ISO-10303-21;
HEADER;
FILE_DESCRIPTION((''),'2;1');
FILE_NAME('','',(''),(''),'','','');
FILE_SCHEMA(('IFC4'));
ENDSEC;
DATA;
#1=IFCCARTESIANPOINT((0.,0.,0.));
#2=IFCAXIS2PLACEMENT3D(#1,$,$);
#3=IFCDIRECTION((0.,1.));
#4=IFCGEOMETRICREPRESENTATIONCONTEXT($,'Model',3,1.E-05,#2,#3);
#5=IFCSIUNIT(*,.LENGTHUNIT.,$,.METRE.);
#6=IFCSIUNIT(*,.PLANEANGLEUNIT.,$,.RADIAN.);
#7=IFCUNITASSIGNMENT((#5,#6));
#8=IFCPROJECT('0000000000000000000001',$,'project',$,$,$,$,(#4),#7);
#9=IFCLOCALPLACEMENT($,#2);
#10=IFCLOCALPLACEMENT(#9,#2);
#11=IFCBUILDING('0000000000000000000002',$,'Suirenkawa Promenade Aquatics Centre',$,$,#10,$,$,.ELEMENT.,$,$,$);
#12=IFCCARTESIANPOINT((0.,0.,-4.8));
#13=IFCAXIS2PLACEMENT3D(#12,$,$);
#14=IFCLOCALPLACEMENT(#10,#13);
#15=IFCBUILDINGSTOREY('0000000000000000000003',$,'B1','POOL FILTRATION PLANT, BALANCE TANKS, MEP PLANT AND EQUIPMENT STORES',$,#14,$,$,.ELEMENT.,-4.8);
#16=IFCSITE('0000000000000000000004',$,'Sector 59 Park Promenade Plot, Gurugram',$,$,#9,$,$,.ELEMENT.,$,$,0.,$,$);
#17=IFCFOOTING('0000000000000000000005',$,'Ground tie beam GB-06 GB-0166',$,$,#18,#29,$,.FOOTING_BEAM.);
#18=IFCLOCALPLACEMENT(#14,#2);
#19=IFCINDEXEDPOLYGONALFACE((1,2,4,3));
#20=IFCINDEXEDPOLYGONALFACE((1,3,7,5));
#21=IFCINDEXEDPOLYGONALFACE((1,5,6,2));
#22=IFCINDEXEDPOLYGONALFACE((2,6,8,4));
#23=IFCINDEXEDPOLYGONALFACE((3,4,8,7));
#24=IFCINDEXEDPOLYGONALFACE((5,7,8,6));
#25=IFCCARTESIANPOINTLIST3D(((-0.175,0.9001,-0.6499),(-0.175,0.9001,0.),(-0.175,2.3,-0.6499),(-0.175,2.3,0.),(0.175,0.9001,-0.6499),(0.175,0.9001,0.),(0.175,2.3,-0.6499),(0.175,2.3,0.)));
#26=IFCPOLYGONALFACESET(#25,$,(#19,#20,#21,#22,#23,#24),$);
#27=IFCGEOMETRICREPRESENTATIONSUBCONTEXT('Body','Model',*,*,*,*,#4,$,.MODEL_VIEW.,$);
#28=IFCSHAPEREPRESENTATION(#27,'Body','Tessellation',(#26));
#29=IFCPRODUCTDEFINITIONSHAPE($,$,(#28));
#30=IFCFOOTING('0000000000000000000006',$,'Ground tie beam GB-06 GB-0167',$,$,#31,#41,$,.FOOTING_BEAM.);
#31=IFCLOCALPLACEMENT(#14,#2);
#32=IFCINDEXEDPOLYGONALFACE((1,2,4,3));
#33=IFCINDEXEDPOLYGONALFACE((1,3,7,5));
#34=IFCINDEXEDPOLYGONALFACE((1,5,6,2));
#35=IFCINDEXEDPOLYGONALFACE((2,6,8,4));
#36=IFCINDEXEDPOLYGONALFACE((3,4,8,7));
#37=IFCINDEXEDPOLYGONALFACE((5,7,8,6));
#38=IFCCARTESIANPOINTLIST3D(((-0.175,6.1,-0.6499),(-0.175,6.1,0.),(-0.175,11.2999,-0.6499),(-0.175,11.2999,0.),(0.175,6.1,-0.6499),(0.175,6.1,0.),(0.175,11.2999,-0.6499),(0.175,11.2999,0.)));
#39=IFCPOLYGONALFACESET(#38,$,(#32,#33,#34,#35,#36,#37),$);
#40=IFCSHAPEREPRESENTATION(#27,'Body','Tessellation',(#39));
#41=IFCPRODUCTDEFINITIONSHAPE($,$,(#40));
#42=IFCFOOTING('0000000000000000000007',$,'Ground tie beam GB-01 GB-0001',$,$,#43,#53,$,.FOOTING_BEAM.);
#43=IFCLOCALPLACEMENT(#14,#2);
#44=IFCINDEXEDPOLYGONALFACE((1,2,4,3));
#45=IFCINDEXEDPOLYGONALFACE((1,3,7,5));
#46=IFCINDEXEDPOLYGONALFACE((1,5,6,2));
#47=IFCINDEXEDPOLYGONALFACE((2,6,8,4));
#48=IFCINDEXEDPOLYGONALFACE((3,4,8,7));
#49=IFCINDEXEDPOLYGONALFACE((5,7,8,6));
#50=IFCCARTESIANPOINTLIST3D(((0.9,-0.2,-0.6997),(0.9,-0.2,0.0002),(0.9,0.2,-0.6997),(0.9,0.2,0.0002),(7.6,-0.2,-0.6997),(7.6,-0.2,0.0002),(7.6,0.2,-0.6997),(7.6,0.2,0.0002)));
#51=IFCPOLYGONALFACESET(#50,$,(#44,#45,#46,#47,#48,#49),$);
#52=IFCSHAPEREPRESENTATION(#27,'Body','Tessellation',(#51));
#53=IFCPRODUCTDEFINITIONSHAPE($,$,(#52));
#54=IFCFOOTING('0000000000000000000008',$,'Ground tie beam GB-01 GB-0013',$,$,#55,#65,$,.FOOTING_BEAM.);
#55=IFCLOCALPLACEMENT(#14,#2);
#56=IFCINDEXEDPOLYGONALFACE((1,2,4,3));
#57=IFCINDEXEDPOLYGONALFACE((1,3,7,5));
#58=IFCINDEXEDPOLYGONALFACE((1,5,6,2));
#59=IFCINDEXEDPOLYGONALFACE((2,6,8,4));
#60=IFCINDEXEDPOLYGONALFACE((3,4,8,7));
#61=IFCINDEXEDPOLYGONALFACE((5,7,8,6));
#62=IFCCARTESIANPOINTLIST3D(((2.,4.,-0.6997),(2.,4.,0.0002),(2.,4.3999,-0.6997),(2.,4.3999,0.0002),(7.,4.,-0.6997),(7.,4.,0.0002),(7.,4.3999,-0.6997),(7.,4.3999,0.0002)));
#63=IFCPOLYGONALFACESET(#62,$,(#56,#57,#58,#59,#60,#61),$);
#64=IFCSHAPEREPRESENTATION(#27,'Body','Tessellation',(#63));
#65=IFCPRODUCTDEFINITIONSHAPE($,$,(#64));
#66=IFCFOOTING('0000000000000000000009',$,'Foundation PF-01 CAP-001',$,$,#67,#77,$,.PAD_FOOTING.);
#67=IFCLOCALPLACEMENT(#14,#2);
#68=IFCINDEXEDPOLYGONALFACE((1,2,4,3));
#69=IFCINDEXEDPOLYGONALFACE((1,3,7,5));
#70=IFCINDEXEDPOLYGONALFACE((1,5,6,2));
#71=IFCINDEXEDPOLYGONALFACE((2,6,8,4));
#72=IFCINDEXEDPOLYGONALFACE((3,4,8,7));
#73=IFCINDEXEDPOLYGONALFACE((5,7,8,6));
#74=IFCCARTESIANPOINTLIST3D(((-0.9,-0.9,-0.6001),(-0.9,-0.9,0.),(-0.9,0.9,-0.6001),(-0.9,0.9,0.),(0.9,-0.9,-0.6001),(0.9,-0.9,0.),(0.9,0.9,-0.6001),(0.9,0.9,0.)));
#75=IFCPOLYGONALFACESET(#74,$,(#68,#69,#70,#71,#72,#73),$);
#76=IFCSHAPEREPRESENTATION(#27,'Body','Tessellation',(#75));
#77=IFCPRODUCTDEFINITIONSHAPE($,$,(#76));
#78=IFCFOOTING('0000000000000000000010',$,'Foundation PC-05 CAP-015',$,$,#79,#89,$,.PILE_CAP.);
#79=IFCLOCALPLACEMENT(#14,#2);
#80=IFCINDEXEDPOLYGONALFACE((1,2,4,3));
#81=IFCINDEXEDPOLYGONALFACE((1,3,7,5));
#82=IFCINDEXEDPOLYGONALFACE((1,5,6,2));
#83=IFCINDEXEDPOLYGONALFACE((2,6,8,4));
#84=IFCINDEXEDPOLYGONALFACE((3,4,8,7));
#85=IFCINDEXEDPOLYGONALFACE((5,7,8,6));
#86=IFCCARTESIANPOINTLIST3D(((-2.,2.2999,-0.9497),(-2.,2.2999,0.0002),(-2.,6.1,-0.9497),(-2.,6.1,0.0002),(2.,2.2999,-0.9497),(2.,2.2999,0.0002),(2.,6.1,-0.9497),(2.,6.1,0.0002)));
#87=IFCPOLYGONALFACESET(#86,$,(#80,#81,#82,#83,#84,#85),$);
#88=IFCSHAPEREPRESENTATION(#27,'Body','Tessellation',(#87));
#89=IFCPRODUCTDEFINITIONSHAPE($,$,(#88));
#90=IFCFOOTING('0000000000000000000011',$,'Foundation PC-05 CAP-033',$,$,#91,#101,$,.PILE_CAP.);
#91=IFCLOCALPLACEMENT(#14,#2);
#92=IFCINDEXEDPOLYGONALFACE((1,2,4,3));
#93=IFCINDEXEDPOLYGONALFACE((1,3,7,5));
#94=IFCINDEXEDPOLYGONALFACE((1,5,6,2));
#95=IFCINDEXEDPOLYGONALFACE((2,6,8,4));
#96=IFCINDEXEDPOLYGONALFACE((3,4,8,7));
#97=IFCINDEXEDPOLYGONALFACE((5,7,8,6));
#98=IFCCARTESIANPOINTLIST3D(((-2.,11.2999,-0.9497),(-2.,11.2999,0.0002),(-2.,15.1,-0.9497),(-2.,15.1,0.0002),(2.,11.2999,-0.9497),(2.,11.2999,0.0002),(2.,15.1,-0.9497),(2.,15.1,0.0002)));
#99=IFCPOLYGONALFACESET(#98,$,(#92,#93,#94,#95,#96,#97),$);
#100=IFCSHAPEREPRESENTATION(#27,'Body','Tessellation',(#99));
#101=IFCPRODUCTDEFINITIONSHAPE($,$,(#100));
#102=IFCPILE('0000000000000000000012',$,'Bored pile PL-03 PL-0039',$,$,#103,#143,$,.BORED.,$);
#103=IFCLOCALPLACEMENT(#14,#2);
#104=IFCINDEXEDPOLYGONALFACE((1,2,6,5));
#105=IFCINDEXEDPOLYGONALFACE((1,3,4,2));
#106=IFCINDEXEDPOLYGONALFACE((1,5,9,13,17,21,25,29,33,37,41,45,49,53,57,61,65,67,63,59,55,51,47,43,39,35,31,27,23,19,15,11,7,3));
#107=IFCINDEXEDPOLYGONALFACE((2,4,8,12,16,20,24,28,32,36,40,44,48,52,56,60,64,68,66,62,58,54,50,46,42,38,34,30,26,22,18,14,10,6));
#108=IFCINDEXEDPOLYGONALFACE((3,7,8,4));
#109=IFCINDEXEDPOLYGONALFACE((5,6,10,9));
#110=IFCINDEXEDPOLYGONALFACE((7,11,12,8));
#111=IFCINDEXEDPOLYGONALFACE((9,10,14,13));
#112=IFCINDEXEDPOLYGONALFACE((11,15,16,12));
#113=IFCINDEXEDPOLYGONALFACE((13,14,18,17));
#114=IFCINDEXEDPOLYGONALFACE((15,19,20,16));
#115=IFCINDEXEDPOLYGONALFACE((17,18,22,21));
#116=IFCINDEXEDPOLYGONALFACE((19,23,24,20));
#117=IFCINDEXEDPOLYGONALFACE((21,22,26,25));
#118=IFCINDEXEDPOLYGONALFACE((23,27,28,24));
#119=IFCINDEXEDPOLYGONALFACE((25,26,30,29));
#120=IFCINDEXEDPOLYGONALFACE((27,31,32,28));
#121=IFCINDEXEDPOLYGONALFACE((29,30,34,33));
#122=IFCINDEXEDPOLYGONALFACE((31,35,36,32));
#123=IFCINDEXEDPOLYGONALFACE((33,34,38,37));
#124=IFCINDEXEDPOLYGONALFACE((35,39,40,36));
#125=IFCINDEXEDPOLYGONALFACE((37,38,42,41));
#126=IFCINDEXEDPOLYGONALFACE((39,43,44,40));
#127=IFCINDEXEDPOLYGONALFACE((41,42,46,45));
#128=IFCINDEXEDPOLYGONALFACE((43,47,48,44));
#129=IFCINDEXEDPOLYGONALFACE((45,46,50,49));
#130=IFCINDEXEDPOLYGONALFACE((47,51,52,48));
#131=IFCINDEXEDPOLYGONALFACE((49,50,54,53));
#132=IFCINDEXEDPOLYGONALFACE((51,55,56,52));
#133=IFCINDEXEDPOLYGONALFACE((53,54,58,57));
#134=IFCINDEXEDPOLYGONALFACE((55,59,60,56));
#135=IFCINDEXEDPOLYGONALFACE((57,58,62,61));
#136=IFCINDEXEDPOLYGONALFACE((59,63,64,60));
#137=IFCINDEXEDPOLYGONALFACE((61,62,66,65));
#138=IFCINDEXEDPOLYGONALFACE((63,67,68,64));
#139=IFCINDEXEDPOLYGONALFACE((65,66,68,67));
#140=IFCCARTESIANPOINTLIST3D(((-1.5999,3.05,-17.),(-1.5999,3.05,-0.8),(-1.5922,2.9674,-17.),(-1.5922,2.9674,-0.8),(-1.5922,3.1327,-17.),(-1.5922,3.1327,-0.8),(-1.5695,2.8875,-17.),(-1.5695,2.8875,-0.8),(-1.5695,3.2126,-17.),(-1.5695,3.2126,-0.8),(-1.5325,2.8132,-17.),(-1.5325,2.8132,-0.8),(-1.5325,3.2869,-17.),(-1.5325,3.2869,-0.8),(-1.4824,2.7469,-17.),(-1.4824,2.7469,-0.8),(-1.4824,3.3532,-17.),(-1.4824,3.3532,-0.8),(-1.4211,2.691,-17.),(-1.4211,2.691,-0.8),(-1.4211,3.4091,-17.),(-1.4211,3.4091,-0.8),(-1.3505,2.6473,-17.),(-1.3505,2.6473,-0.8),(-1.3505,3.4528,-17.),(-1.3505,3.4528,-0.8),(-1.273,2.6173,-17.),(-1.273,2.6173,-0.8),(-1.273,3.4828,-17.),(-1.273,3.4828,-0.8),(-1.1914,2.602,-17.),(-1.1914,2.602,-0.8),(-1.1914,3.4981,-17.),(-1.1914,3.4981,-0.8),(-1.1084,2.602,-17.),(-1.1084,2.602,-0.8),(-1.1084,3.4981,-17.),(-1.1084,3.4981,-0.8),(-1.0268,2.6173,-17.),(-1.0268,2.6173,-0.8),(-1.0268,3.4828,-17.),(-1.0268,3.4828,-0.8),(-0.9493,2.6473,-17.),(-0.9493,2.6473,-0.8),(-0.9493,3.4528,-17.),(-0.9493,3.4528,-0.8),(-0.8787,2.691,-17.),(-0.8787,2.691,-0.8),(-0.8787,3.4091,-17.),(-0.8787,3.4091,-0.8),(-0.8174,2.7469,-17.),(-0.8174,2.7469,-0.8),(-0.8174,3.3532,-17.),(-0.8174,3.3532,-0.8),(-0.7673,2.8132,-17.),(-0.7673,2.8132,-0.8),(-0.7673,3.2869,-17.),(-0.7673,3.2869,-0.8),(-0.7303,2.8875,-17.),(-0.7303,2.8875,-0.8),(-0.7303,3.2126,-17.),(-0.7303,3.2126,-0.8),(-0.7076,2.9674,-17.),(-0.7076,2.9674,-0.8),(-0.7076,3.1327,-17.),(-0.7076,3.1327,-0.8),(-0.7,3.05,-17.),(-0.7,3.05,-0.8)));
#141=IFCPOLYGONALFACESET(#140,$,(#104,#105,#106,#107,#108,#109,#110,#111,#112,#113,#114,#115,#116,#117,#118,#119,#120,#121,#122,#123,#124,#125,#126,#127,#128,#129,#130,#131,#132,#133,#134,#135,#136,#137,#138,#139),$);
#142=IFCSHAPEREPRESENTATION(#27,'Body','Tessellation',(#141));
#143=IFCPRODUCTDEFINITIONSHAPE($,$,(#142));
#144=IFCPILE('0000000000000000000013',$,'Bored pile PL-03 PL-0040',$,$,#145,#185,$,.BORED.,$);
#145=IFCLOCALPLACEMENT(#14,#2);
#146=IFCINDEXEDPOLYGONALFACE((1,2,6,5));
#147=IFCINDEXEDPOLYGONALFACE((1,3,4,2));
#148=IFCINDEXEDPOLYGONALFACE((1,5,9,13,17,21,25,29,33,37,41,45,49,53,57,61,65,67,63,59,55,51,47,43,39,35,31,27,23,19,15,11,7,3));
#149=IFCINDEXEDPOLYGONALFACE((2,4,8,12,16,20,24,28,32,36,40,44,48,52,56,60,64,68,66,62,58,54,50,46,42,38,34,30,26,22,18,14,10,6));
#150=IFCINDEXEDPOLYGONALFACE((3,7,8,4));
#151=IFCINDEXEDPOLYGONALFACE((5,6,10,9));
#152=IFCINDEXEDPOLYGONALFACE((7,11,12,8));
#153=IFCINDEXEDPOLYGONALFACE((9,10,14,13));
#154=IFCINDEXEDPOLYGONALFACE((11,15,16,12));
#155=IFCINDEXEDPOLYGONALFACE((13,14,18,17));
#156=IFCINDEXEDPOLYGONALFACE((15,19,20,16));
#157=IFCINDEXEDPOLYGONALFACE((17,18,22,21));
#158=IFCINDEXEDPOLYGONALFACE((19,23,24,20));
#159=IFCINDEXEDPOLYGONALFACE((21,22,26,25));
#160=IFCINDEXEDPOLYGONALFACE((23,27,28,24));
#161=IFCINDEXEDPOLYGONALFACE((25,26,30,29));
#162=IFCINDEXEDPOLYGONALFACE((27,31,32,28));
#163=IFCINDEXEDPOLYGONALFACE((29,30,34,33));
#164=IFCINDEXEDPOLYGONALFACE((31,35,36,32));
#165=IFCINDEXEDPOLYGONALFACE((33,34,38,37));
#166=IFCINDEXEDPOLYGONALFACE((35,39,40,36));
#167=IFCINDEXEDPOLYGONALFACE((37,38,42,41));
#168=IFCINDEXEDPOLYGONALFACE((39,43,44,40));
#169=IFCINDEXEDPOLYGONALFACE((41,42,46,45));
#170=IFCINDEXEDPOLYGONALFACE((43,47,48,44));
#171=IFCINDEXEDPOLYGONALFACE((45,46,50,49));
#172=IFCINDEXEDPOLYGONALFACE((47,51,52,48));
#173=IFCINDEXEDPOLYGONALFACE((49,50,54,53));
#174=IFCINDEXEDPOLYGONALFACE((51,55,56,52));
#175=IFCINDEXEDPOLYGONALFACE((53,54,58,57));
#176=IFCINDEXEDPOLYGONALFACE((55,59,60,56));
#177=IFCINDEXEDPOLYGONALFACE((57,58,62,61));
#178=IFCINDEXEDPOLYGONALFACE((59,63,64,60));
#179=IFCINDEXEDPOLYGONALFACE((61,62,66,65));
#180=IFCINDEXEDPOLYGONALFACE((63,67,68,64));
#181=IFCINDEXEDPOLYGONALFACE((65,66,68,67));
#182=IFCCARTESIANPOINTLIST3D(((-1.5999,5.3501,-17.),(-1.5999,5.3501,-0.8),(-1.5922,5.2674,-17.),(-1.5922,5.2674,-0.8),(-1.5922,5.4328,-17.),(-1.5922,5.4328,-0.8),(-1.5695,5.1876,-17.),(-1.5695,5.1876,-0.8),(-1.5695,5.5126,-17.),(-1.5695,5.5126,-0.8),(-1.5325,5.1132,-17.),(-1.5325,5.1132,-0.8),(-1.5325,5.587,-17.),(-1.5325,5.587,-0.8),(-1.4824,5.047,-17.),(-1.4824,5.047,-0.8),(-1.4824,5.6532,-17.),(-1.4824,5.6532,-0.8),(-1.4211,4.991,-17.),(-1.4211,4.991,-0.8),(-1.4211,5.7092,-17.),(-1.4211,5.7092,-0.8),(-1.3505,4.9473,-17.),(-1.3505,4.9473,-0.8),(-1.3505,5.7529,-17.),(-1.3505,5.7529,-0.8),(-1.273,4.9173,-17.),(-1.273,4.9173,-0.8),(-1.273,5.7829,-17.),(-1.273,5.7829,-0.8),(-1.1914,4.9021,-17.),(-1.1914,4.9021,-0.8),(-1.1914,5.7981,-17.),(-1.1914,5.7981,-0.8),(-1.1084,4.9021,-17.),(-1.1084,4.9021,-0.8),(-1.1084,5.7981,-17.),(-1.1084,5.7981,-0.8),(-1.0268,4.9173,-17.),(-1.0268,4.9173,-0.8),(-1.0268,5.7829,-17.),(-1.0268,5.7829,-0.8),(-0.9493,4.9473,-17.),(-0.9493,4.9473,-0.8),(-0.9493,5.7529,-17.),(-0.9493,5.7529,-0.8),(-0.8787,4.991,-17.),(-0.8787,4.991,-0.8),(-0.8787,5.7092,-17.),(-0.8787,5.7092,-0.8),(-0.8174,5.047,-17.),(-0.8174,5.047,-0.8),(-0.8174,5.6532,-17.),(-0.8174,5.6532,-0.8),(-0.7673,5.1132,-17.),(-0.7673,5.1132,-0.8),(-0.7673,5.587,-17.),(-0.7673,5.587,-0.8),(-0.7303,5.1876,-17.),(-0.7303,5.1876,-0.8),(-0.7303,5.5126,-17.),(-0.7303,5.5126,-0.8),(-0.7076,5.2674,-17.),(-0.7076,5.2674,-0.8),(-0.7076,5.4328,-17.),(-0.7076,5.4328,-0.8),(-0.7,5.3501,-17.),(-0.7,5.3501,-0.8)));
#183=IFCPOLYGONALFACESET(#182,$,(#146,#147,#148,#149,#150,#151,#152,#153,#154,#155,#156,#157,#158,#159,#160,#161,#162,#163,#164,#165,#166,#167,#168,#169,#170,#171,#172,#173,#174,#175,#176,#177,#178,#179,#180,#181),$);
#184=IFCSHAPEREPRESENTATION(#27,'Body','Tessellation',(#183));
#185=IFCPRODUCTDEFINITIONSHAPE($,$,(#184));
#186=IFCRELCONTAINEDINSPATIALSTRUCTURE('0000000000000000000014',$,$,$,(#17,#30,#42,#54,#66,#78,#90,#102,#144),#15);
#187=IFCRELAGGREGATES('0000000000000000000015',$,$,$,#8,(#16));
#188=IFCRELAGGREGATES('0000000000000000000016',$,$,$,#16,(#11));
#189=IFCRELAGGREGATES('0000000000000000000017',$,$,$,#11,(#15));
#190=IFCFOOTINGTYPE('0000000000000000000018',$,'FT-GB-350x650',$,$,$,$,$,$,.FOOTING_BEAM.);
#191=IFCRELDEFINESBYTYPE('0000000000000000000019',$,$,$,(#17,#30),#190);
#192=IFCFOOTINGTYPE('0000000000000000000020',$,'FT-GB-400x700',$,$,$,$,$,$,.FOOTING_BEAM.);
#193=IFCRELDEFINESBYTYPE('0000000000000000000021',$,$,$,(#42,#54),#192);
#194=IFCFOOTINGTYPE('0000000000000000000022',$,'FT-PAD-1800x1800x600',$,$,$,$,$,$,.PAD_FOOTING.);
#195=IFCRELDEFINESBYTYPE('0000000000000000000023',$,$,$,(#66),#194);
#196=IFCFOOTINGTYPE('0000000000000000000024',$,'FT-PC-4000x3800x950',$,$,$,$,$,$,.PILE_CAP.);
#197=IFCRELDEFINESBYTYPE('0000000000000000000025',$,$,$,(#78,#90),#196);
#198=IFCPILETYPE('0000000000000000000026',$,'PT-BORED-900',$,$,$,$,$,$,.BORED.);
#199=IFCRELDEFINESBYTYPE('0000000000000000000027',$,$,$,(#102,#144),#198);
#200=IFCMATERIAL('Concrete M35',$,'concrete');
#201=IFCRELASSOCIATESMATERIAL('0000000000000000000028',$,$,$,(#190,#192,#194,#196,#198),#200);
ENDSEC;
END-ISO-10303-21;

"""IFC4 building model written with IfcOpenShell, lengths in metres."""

from ifc_helpers import new_model, si_unit, direction, frame, origin, origin_2d, place, context, subcontext, project, spatial, rectangle, circle, extrude, material, material_profile, profile_set, type_object, element, save


model = new_model("IFC4")

# Units and contexts
model_context = context("Model", 3, precision=1e-05, world=origin(), true_north=direction((0.0, 1.0)))
body_context = subcontext(model_context, "Body", "Model", "MODEL_VIEW")
ifc_project = project(units=[si_unit("LENGTHUNIT", "METRE"), si_unit("PLANEANGLEUNIT", "RADIAN")], contexts=[model_context])

# Site, building, storey
site_placement = place(None, origin())
site = spatial("IfcSite", under=ifc_project, at=site_placement, Name="Sector 59 Park Promenade Plot, Gurugram", CompositionType="ELEMENT", RefElevation=0.0)
building_placement = place(site_placement, origin())
building = spatial("IfcBuilding", under=site, at=building_placement, Name="Suirenkawa Promenade Aquatics Centre", CompositionType="ELEMENT")
storey_placement = place(building_placement, frame((0.0, 0.0, -4.8)))
storey = spatial("IfcBuildingStorey", under=building, at=storey_placement, Name="B1", Description="POOL FILTRATION PLANT, BALANCE TANKS, MEP PLANT AND EQUIPMENT STORES", CompositionType="ELEMENT", Elevation=-4.8)

# Footings
ifc_material_1 = material(Name="Concrete M35", Category="concrete")
footing_type_1 = type_object("IfcFootingType", Name="FT-GB-350x650", PredefinedType="FOOTING_BEAM", material=ifc_material_1)
footing_1_placement = place(storey_placement, frame((0.0, 1.6001, -0.6499), z_axis=(0.0, 0.0, 1.0), x_axis=(0.0, 1.0, 0.0)))
element("IfcFooting", 1, at=footing_1_placement, inside=storey, type_object=footing_type_1, Name="Ground tie beam GB-06 GB-0166", PredefinedType="FOOTING_BEAM", context=body_context, shape_type="SweptSolid", body=[
    extrude(rectangle(XDim=1.3999, YDim=0.3501, at=origin_2d()), origin(), (0.0, 0.0, 1.0), 0.6499),
])
footing_2_placement = place(storey_placement, frame((0.0, 8.7, -0.6499), z_axis=(0.0, 0.0, 1.0), x_axis=(0.0, 1.0, 0.0)))
element("IfcFooting", 2, at=footing_2_placement, inside=storey, type_object=footing_type_1, Name="Ground tie beam GB-06 GB-0167", PredefinedType="FOOTING_BEAM", context=body_context, shape_type="SweptSolid", body=[
    extrude(rectangle(XDim=5.2, YDim=0.3501, at=origin_2d()), origin(), (0.0, 0.0, 1.0), 0.6499),
])
footing_type_2 = type_object("IfcFootingType", Name="FT-GB-400x700", PredefinedType="FOOTING_BEAM", material=ifc_material_1)
footing_3_placement = place(storey_placement, frame((4.25, 0.0, -0.6997), z_axis=(0.0, 0.0, 1.0), x_axis=(1.0, 0.0, 0.0)))
element("IfcFooting", 3, at=footing_3_placement, inside=storey, type_object=footing_type_2, Name="Ground tie beam GB-01 GB-0001", PredefinedType="FOOTING_BEAM", context=body_context, shape_type="SweptSolid", body=[
    extrude(rectangle(XDim=6.7, YDim=0.3999, at=origin_2d()), origin(), (0.0, 0.0, 1.0), 0.7),
])
footing_4_placement = place(storey_placement, frame((4.5, 4.2, -0.6997), z_axis=(0.0, 0.0, 1.0), x_axis=(1.0, 0.0, 0.0)))
element("IfcFooting", 4, at=footing_4_placement, inside=storey, type_object=footing_type_2, Name="Ground tie beam GB-01 GB-0013", PredefinedType="FOOTING_BEAM", context=body_context, shape_type="SweptSolid", body=[
    extrude(rectangle(XDim=5.0, YDim=0.3999, at=origin_2d()), origin(), (0.0, 0.0, 1.0), 0.7),
])
footing_type_3 = type_object("IfcFootingType", Name="FT-PAD-1800x1800x600", PredefinedType="PAD_FOOTING", material=ifc_material_1)
footing_5_placement = place(storey_placement, frame((0.0, 0.0, -0.6001), z_axis=(0.0, 0.0, 1.0), x_axis=(1.0, 0.0, 0.0)))
element("IfcFooting", 5, at=footing_5_placement, inside=storey, type_object=footing_type_3, Name="Foundation PF-01 CAP-001", PredefinedType="PAD_FOOTING", context=body_context, shape_type="SweptSolid", body=[
    extrude(rectangle(XDim=1.8, YDim=1.8, at=origin_2d()), origin(), (0.0, 0.0, 1.0), 0.6001),
])
footing_type_4 = type_object("IfcFootingType", Name="FT-PC-4000x3800x950", PredefinedType="PILE_CAP", material=ifc_material_1)
for number, where, z_axis, x_axis, name in (
    (6, (0.0, 4.2, -0.9497), (0.0, 0.0, 1.0), (1.0, 0.0, 0.0), "Foundation PC-05 CAP-015"),
    (7, (0.0, 13.2, -0.9497), (0.0, 0.0, 1.0), (1.0, 0.0, 0.0), "Foundation PC-05 CAP-033"),
):
    element("IfcFooting", number, at=place(storey_placement, frame(where, z_axis=z_axis, x_axis=x_axis)), inside=storey, type_object=footing_type_4, Name=name, PredefinedType="PILE_CAP", context=body_context, shape_type="SweptSolid", body=[
        extrude(rectangle(XDim=4.0, YDim=3.8, at=origin_2d()), origin(), (0.0, 0.0, 1.0), 0.95),
    ])

# Piles
ifc_material_profile_1 = material_profile(ifc_material_1, circle(Radius=0.45, at=origin_2d()), Name="PILE D900", Category="concrete")
ifc_profile_set_1 = profile_set([ifc_material_profile_1], Name="Concrete M35")
pile_type = type_object("IfcPileType", Name="PT-BORED-900", PredefinedType="BORED", material=ifc_profile_set_1)
for number, where, z_axis, x_axis, name in (
    (8, (-1.1499, 3.05, -0.8), (0.0, 0.0, -1.0), (1.0, 0.0, 0.0), "Bored pile PL-03 PL-0039"),
    (9, (-1.1499, 5.3501, -0.8), (0.0, 0.0, -1.0), (1.0, 0.0, 0.0), "Bored pile PL-03 PL-0040"),
):
    element("IfcPile", number, at=place(storey_placement, frame(where, z_axis=z_axis, x_axis=x_axis)), inside=storey, type_object=pile_type, Name=name, PredefinedType="BORED", context=body_context, shape_type="SweptSolid", body=[
        extrude(circle(Radius=0.45, at=origin_2d()), origin(), (0.0, 0.0, 1.0), 16.2),
    ])

save(model, "model.ifc")
